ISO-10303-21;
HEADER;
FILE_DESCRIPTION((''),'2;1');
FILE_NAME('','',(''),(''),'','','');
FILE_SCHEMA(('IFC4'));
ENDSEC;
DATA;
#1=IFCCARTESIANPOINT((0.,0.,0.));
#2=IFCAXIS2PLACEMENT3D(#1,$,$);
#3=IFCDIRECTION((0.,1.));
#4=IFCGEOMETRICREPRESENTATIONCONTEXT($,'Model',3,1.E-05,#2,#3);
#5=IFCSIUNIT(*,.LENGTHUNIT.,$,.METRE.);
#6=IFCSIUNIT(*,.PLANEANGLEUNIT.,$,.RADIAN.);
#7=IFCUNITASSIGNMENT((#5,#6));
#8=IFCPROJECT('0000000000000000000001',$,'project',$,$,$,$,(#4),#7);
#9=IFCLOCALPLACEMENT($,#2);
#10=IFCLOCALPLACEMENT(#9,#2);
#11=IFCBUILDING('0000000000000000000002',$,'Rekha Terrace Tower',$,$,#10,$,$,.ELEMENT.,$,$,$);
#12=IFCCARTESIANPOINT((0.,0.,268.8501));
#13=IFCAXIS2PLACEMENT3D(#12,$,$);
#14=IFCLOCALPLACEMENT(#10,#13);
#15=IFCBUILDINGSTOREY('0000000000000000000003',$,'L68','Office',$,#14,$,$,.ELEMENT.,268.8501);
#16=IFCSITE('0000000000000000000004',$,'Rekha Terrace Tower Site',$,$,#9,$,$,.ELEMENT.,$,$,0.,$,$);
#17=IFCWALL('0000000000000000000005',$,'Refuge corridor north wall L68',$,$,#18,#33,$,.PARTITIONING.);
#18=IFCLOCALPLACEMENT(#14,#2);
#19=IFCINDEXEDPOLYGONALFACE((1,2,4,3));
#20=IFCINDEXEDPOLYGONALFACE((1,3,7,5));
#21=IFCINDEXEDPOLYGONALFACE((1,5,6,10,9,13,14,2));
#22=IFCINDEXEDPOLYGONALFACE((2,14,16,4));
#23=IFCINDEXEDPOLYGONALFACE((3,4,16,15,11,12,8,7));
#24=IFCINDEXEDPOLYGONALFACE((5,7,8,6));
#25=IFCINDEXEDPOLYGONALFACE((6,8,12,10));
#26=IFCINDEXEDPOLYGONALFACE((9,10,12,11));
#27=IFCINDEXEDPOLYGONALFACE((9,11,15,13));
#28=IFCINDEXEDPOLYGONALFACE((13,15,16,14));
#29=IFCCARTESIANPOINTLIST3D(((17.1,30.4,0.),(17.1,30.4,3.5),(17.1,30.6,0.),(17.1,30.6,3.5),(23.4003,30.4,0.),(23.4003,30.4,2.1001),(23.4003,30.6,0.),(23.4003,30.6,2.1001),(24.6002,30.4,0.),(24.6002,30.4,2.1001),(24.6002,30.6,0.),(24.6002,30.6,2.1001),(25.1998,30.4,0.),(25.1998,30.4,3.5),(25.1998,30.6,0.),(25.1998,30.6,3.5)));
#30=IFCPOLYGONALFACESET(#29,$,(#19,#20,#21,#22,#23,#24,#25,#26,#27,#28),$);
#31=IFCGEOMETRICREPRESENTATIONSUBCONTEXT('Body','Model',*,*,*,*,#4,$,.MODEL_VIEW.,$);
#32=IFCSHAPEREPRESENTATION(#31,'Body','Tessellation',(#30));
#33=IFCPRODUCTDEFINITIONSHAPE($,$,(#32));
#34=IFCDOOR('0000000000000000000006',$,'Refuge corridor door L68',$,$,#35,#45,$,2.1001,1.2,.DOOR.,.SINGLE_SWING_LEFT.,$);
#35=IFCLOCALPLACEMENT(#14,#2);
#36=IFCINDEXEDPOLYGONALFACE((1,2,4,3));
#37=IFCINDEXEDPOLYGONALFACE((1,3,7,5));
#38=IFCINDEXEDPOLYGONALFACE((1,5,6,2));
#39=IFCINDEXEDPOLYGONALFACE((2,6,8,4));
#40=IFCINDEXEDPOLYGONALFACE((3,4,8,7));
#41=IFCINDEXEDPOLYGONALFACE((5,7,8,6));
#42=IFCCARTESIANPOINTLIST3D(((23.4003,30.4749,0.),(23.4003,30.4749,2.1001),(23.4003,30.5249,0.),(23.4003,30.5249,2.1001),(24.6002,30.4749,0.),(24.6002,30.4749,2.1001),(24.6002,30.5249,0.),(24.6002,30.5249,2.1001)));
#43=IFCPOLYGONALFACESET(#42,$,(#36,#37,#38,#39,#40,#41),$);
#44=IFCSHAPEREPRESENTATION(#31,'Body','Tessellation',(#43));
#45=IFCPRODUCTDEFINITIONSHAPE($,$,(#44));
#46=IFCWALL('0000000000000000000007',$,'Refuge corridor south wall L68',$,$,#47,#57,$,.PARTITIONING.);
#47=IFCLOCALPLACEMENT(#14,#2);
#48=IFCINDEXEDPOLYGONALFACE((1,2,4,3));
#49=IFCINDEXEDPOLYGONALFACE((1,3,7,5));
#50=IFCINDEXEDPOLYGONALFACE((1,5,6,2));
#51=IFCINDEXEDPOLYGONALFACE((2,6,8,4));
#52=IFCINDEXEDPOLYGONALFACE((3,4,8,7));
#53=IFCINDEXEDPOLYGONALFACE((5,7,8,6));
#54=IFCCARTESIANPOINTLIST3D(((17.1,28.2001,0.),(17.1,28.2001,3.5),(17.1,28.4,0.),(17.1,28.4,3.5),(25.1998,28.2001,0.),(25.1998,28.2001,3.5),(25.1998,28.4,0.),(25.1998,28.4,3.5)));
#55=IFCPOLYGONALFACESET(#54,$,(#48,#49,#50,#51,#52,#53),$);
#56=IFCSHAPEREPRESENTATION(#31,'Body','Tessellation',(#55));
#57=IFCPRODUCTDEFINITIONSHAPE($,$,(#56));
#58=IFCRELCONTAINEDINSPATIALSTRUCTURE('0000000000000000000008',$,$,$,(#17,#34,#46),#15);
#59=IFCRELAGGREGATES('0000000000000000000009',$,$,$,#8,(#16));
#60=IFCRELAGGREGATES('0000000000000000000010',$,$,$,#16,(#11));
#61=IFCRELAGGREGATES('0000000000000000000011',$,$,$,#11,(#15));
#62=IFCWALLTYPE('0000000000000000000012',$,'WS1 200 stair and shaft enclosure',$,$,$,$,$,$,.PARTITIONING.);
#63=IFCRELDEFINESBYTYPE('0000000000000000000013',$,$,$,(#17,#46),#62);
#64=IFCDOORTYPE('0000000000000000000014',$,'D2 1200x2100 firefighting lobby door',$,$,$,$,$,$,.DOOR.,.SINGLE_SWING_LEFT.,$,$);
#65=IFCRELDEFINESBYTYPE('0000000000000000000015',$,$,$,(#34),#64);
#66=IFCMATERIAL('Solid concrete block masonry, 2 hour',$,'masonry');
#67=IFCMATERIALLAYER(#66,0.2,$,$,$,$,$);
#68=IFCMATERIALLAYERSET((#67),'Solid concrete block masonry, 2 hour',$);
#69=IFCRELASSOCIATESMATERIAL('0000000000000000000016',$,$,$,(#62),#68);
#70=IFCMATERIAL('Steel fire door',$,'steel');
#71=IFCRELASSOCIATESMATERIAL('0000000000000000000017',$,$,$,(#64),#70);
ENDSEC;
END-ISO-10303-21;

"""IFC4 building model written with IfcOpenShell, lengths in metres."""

from ifc_helpers import new_model, si_unit, direction, frame, frame_2d, origin, place, context, subcontext, project, spatial, rectangle, extrude, material, layer, layer_set, type_object, element, fill, save


model = new_model("IFC4")

# Units and contexts
model_context = context("Model", 3, precision=1e-05, world=origin(), true_north=direction((0.0, 1.0)))
body_context = subcontext(model_context, "Body", "Model", "MODEL_VIEW")
ifc_project = project(units=[si_unit("LENGTHUNIT", "METRE"), si_unit("PLANEANGLEUNIT", "RADIAN")], contexts=[model_context])

# Site, building, storey
site_placement = place(None, origin())
site = spatial("IfcSite", under=ifc_project, at=site_placement, Name="Rekha Terrace Tower Site", CompositionType="ELEMENT", RefElevation=0.0)
building_placement = place(site_placement, origin())
building = spatial("IfcBuilding", under=site, at=building_placement, Name="Rekha Terrace Tower", CompositionType="ELEMENT")
storey_placement = place(building_placement, frame((0.0, 0.0, 268.8501)))
storey = spatial("IfcBuildingStorey", under=building, at=storey_placement, Name="L68", Description="Office", CompositionType="ELEMENT", Elevation=268.8501)

# Shared definitions
ifc_material_1 = material(Name="Steel fire door", Category="steel")

# Shared definitions
ifc_material_2 = material(Name="Solid concrete block masonry, 2 hour", Category="masonry")
ifc_layer_1 = layer(ifc_material_2, 0.2)
ifc_layer_set_1 = layer_set([ifc_layer_1], Name="Solid concrete block masonry, 2 hour")
wall_type_1 = type_object("IfcWallType", Name="WS1 200 stair and shaft enclosure", PredefinedType="PARTITIONING", material=ifc_layer_set_1)
door_type_1 = type_object("IfcDoorType", Name="D2 1200x2100 firefighting lobby door", OperationType="SINGLE_SWING_LEFT", PredefinedType="DOOR", material=ifc_material_1)

# Wall, opening, door
wall_1_placement = place(storey_placement, frame((17.1001, 30.5, 0.0), z_axis=(0.0, 0.0, 1.0), x_axis=(1.0, 0.0, 0.0)))
wall_1 = element("IfcWall", 1, at=wall_1_placement, inside=storey, type_object=wall_type_1, Name="Refuge corridor north wall L68", PredefinedType="PARTITIONING", context=body_context, shape_type="SweptSolid", body=[
    extrude(rectangle(XDim=8.0999, YDim=0.2, at=frame_2d((4.0498, 0.0))), origin(), (0.0, 0.0, 1.0), 3.5),
])
opening_1_placement = place(wall_1_placement, frame((6.3, 0.0, 0.0)))
opening_1 = element("IfcOpeningElement", 2, at=opening_1_placement, cuts=wall_1, PredefinedType="OPENING", context=body_context, shape_type="SweptSolid", body=[
    extrude(rectangle(XDim=1.2, YDim=2.1001, at=frame_2d((0.6001, 1.05))), frame((0.0, 0.1099, 0.0), z_axis=(0.0, -1.0, 0.0), x_axis=(1.0, 0.0, 0.0)), (0.0, 0.0, 1.0), 0.22),
])
door_1_placement = place(opening_1_placement, origin())
door_1 = element("IfcDoor", 3, at=door_1_placement, inside=storey, type_object=door_type_1, Name="Refuge corridor door L68", OperationType="SINGLE_SWING_LEFT", OverallHeight=2.1001, OverallWidth=1.2, PredefinedType="DOOR", context=body_context, shape_type="SweptSolid", body=[
    extrude(rectangle(XDim=1.2, YDim=2.1001, at=frame_2d((0.6001, 1.05))), frame((0.0, 0.0249, 0.0), z_axis=(0.0, -1.0, 0.0), x_axis=(1.0, 0.0, 0.0)), (0.0, 0.0, 1.0), 0.05),
])
fill(opening_1, door_1)

# Wall
wall_2_placement = place(storey_placement, frame((17.1001, 28.3, 0.0), z_axis=(0.0, 0.0, 1.0), x_axis=(1.0, 0.0, 0.0)))
element("IfcWall", 4, at=wall_2_placement, inside=storey, type_object=wall_type_1, Name="Refuge corridor south wall L68", PredefinedType="PARTITIONING", context=body_context, shape_type="SweptSolid", body=[
    extrude(rectangle(XDim=8.0999, YDim=0.2, at=frame_2d((4.0498, 0.0))), origin(), (0.0, 0.0, 1.0), 3.5),
])

save(model, "model.ifc")
